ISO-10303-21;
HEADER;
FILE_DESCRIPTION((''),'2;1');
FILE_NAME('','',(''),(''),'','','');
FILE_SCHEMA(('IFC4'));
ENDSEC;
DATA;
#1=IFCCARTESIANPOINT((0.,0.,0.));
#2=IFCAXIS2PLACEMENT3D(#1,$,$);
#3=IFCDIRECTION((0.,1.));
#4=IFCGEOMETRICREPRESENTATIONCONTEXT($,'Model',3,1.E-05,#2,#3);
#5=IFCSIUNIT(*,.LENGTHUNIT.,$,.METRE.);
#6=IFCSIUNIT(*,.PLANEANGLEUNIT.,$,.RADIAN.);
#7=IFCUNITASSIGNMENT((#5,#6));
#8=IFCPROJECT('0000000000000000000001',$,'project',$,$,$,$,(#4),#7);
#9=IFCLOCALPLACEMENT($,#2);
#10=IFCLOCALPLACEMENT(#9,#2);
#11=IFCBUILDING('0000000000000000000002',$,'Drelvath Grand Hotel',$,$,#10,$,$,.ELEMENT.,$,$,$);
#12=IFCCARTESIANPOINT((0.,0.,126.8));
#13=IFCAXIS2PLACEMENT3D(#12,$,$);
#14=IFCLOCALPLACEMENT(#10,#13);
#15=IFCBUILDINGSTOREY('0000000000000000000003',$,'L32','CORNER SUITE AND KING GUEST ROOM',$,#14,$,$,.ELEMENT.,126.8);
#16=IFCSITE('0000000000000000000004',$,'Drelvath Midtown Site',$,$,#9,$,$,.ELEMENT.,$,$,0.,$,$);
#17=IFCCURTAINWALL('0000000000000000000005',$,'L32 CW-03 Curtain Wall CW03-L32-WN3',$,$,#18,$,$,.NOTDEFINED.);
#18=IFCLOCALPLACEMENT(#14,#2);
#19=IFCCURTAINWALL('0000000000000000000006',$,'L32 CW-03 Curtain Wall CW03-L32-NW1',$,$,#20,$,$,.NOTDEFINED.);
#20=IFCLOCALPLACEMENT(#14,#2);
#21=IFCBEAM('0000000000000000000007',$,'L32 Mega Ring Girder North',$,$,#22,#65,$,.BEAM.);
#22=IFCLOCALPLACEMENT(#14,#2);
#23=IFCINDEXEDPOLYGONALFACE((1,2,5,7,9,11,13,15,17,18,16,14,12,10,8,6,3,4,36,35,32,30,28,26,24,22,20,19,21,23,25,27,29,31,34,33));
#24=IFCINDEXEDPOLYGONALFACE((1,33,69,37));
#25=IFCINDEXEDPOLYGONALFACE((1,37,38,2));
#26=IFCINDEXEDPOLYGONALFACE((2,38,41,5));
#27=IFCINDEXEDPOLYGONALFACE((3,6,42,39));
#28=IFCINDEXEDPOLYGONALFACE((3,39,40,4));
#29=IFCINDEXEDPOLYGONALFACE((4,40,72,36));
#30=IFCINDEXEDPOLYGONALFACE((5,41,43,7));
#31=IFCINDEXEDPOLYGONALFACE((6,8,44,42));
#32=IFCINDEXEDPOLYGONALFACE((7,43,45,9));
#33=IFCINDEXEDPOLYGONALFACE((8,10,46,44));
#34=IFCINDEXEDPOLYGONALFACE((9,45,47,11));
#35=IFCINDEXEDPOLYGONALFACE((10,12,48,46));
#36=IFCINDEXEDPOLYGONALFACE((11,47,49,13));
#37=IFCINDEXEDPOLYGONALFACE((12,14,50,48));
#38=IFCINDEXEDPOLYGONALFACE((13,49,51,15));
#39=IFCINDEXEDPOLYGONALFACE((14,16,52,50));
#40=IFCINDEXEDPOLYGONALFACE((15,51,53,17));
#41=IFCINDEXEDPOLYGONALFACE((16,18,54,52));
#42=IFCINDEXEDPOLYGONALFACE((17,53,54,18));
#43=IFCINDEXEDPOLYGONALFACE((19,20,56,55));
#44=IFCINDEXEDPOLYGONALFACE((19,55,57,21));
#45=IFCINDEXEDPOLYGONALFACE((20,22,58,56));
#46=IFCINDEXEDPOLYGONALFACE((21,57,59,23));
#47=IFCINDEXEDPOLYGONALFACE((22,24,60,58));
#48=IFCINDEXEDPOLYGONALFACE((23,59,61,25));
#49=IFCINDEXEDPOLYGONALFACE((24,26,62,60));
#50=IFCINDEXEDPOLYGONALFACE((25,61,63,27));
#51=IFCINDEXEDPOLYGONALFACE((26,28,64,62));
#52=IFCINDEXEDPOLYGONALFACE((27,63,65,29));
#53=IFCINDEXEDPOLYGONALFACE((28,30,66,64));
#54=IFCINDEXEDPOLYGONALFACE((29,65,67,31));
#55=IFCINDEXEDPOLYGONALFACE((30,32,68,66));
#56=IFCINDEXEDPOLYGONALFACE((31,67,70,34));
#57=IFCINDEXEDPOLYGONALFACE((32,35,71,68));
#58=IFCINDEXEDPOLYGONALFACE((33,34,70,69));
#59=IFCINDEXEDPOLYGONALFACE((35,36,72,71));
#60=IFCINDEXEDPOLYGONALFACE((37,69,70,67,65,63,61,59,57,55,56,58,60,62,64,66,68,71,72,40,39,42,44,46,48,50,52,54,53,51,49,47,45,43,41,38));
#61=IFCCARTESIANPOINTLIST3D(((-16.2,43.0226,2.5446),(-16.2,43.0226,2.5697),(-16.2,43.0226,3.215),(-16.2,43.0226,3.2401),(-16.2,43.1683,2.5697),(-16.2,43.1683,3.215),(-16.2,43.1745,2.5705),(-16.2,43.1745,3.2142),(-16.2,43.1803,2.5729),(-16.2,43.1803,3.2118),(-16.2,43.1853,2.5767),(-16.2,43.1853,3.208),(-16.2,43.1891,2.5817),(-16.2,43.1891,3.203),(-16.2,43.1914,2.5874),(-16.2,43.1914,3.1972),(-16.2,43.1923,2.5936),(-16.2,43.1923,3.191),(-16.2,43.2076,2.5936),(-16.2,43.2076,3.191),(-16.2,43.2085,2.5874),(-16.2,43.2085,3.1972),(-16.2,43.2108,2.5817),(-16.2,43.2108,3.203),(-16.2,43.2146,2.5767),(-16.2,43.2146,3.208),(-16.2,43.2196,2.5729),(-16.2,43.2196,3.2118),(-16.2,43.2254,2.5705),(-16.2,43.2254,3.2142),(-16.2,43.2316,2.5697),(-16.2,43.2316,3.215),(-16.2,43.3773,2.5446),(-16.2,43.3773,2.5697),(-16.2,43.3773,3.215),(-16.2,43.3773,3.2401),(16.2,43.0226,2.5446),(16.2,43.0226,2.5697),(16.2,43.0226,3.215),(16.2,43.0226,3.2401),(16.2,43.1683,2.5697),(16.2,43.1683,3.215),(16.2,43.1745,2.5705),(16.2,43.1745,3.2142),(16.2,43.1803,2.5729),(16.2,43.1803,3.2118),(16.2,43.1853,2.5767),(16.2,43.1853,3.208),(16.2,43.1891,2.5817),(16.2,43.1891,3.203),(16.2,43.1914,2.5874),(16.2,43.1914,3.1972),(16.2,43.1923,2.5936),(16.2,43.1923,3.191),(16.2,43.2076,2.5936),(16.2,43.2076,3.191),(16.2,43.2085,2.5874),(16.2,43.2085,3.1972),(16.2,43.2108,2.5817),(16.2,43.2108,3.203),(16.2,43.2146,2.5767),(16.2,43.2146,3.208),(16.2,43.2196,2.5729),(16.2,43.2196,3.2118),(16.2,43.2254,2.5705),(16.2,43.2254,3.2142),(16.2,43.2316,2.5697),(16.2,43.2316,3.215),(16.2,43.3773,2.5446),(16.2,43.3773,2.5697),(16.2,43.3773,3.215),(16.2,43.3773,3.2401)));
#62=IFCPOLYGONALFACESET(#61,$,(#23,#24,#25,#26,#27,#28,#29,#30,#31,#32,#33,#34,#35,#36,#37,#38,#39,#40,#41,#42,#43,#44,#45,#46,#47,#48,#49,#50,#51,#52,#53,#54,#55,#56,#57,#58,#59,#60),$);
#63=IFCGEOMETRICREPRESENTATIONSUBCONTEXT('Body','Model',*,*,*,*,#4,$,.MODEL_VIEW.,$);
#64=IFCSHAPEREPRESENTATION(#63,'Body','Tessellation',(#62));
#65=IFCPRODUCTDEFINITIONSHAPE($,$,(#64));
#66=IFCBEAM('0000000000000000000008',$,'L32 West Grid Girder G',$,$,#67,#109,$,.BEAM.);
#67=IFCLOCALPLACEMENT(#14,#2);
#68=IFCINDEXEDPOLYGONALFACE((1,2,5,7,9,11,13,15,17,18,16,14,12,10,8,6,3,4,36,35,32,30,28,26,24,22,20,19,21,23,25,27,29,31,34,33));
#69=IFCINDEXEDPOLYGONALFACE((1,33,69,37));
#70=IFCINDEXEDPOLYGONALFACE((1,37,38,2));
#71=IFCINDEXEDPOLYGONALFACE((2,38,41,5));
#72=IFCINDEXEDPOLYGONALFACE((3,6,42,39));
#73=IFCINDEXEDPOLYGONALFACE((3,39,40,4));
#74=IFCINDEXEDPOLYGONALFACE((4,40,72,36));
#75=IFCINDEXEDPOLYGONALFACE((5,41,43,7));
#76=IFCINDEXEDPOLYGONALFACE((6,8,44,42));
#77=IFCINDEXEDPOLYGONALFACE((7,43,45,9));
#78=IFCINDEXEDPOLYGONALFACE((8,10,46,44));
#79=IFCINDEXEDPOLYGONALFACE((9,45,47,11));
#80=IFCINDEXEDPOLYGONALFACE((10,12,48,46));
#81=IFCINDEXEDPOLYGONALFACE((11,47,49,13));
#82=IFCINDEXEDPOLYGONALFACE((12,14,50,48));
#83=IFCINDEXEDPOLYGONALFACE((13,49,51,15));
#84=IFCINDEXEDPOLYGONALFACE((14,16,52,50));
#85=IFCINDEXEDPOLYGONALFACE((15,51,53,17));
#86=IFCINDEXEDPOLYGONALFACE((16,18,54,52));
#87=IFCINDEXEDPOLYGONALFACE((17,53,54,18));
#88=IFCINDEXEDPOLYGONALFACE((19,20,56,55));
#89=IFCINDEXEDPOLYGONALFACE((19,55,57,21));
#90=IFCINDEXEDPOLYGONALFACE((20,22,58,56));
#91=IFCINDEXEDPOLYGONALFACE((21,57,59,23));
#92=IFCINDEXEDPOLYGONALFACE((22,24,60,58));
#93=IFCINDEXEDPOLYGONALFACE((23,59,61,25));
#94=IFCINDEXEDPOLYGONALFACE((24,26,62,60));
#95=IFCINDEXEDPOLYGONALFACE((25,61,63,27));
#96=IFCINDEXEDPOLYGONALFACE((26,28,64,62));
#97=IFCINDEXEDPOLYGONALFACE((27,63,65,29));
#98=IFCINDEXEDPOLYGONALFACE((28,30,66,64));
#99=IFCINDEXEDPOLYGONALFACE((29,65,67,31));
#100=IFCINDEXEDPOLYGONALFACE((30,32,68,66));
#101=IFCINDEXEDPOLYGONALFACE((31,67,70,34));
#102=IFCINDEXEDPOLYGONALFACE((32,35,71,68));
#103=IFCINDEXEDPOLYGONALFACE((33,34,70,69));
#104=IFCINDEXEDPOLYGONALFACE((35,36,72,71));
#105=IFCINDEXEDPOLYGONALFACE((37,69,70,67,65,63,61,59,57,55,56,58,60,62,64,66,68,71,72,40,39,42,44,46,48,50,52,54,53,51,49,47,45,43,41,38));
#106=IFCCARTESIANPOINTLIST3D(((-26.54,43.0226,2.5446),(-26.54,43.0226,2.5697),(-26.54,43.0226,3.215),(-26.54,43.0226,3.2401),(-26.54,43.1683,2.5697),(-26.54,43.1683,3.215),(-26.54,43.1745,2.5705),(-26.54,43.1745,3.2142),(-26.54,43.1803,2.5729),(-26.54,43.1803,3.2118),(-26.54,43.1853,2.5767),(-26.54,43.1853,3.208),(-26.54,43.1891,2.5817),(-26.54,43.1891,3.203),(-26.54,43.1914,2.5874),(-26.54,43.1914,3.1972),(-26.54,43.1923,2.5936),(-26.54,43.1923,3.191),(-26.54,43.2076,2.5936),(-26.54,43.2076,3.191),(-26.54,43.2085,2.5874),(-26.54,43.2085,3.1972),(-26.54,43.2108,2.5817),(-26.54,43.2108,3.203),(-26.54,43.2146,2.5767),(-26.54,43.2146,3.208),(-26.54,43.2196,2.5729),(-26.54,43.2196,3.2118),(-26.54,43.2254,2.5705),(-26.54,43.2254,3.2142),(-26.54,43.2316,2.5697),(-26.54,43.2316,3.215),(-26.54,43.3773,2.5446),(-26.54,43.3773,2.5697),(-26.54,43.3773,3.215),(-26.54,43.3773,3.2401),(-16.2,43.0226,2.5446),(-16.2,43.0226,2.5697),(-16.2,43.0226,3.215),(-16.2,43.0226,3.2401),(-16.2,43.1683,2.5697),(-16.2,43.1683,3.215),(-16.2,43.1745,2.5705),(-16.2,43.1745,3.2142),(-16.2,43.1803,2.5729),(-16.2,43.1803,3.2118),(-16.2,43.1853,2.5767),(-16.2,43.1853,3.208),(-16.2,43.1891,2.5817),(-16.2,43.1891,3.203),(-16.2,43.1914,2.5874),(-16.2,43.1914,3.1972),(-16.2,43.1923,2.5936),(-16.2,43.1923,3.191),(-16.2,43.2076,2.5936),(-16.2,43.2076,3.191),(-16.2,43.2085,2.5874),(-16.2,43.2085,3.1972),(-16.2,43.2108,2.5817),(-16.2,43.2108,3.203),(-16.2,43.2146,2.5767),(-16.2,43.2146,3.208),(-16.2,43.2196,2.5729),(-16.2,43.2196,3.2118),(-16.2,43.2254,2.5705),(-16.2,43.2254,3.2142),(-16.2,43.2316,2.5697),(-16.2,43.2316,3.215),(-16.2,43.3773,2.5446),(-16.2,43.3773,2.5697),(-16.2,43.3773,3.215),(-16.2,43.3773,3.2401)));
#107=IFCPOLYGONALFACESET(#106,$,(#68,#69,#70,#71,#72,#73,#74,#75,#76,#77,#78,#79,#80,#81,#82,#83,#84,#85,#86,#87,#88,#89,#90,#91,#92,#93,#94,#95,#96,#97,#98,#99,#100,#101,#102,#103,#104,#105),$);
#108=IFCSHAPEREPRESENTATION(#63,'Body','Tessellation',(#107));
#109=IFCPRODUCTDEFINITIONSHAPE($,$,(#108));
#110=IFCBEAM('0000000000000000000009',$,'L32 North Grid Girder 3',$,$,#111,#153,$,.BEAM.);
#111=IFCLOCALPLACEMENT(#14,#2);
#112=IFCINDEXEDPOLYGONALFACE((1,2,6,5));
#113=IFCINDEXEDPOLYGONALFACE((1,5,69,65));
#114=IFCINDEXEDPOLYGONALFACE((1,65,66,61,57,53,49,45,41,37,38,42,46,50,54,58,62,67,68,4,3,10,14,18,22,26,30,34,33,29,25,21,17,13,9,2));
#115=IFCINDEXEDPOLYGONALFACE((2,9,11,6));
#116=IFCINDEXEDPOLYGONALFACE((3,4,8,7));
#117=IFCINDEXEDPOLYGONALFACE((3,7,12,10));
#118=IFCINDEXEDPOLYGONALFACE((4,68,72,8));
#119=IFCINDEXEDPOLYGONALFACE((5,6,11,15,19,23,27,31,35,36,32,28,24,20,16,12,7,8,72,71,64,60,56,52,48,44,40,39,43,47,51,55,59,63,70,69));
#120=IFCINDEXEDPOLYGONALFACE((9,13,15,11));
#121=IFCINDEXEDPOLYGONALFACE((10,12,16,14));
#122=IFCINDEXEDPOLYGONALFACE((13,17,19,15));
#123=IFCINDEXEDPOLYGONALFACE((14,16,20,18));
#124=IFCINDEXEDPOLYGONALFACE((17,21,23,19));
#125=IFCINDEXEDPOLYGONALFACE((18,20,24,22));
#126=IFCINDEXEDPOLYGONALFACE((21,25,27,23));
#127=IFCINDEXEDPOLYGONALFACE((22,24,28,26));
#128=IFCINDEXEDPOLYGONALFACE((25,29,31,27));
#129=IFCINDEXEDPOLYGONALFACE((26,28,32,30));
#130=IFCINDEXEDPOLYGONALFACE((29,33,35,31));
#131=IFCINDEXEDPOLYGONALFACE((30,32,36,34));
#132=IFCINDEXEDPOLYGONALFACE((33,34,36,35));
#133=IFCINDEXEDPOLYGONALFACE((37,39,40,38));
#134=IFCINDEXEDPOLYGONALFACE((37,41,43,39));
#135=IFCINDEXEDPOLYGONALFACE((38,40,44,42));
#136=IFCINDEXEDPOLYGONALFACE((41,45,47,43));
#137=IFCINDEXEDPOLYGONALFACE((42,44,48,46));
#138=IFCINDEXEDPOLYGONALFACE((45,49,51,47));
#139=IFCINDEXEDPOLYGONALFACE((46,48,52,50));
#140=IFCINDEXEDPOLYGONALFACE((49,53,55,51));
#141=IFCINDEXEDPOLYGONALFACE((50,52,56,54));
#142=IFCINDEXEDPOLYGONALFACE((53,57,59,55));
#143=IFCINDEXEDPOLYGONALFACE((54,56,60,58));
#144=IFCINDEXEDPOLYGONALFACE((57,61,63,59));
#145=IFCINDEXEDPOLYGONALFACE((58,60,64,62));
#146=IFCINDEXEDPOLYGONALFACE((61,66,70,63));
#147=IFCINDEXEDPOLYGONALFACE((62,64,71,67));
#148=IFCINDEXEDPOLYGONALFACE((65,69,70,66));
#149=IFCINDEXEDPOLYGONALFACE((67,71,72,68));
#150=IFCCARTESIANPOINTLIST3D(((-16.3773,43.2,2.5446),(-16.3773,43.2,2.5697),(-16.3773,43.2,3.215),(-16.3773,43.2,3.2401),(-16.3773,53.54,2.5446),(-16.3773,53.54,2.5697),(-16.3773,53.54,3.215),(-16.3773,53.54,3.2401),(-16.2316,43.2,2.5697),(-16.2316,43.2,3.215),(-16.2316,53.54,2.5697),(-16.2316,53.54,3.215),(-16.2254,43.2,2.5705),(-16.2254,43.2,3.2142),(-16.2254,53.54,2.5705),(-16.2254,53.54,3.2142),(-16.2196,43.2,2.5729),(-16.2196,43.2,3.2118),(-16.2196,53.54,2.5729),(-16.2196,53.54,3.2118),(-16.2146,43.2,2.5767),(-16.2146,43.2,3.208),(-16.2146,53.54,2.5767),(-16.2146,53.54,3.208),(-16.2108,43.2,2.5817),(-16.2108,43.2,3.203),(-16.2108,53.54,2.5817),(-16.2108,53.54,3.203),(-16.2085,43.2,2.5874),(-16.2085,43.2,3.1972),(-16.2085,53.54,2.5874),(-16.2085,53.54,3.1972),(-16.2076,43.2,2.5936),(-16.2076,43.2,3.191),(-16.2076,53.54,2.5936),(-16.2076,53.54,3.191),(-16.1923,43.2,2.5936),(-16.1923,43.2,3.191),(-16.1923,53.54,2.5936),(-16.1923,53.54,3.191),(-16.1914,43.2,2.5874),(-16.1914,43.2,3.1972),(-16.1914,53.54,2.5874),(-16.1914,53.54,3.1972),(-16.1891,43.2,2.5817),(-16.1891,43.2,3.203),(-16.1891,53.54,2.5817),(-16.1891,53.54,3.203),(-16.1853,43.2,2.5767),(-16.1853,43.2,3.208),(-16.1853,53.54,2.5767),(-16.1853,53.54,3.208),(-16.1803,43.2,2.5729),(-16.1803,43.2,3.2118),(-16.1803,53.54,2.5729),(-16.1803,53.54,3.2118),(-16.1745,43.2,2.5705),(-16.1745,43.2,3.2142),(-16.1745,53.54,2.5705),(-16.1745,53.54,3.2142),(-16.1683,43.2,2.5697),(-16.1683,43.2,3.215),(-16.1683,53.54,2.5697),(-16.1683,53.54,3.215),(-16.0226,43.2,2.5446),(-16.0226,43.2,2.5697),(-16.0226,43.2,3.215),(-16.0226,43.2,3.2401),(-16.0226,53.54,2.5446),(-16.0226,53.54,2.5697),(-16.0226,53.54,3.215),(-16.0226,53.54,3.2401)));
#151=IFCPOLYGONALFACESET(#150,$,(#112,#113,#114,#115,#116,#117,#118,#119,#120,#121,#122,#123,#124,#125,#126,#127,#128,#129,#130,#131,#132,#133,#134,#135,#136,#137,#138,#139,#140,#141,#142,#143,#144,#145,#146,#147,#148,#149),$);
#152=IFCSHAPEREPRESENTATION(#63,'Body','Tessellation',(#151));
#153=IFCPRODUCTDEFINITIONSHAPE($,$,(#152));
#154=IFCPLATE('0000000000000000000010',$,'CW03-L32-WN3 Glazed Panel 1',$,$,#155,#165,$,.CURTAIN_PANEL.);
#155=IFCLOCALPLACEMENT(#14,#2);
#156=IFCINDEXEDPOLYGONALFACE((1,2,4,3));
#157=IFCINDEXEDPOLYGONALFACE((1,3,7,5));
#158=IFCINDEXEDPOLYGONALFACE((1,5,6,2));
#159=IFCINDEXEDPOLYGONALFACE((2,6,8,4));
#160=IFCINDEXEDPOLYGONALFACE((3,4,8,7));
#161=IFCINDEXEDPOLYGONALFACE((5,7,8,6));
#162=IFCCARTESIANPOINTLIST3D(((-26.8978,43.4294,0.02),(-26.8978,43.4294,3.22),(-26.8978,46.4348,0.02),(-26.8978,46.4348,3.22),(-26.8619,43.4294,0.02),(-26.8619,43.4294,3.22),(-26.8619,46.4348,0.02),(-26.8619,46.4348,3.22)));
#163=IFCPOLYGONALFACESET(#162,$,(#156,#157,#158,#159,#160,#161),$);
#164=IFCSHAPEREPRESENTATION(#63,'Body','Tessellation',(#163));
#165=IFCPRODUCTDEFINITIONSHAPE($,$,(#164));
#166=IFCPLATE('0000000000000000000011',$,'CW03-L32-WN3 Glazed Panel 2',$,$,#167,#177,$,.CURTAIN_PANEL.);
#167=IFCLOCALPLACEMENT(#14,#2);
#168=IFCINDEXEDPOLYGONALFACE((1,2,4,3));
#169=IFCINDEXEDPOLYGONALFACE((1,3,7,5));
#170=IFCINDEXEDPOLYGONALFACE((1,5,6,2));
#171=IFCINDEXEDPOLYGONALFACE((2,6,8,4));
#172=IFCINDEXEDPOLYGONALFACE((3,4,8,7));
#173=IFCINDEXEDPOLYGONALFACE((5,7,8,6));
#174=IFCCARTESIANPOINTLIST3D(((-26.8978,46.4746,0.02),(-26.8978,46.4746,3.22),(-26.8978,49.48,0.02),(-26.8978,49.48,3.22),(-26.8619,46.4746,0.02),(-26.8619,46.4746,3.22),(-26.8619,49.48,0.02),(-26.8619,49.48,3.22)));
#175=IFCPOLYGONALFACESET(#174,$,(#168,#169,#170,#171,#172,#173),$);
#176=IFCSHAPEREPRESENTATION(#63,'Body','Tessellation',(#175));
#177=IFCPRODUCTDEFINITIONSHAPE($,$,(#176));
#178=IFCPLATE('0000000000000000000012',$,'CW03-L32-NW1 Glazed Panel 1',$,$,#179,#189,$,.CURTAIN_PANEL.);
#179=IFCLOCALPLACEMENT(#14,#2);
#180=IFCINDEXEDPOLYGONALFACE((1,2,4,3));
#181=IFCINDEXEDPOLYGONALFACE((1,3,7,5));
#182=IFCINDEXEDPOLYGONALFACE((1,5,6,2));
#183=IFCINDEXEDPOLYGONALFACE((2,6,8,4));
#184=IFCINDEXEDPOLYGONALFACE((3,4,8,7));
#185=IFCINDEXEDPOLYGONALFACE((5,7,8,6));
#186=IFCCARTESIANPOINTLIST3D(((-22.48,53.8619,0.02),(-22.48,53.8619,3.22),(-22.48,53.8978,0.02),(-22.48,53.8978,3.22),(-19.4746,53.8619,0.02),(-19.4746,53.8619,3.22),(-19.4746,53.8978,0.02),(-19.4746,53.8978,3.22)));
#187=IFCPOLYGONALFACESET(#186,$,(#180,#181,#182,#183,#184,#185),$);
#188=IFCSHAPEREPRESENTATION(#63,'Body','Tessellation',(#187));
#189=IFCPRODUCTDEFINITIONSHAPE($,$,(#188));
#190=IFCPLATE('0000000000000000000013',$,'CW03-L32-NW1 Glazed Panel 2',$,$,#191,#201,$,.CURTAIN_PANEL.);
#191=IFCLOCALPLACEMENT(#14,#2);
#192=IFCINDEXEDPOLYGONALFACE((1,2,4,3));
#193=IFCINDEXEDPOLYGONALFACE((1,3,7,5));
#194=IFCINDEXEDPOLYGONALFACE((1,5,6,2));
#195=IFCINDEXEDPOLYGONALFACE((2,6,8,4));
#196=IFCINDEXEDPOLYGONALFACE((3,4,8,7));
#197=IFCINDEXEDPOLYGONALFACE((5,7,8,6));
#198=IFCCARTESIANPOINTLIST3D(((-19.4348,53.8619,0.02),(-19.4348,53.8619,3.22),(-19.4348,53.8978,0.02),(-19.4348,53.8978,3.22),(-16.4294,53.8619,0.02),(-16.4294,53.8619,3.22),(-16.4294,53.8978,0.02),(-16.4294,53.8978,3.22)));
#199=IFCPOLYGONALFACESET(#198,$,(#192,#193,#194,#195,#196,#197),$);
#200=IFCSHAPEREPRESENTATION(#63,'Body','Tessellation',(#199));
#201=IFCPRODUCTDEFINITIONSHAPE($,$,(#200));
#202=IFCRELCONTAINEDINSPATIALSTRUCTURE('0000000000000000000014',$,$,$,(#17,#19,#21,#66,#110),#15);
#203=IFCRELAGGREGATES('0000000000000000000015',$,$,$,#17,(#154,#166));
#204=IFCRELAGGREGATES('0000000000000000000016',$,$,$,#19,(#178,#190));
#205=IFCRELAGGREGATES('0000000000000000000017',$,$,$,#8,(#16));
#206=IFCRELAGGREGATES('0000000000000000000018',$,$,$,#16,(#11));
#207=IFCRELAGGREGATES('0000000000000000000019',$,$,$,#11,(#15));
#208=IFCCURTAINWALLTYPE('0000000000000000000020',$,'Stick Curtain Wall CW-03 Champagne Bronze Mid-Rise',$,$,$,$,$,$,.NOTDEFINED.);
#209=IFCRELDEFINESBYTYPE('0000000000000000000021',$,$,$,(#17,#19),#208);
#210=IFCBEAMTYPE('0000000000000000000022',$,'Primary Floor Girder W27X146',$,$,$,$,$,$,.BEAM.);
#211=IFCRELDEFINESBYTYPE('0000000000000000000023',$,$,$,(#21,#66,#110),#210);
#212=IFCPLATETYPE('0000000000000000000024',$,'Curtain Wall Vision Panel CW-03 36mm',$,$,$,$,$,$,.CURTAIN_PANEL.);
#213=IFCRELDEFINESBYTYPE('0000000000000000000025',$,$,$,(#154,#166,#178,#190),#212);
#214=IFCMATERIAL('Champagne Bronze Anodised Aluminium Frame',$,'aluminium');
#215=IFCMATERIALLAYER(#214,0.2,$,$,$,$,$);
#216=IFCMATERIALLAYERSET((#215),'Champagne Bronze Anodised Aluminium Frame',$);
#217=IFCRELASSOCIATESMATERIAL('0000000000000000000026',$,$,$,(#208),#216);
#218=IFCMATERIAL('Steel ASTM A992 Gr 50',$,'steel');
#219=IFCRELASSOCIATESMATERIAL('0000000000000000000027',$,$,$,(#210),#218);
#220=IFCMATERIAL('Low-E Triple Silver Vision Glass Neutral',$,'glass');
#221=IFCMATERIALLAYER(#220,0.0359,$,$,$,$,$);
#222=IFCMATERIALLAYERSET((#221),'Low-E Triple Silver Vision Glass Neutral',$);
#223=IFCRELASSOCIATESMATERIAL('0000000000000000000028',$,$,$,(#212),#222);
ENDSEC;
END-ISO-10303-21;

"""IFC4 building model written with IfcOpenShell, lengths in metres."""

from ifc_helpers import new_model, si_unit, direction, frame, origin, origin_2d, place, context, subcontext, project, spatial, rectangle, i_section, extrude, material, layer, layer_set, material_profile, profile_set, type_object, element, aggregate, save


model = new_model("IFC4")

# Units and contexts
model_context = context("Model", 3, precision=1e-05, world=origin(), true_north=direction((0.0, 1.0)))
body_context = subcontext(model_context, "Body", "Model", "MODEL_VIEW")
ifc_project = project(units=[si_unit("LENGTHUNIT", "METRE"), si_unit("PLANEANGLEUNIT", "RADIAN")], contexts=[model_context])

# Site, building, storey
site_placement = place(None, origin())
site = spatial("IfcSite", under=ifc_project, at=site_placement, Name="Drelvath Midtown Site", CompositionType="ELEMENT", RefElevation=0.0)
building_placement = place(site_placement, origin())
building = spatial("IfcBuilding", under=site, at=building_placement, Name="Drelvath Grand Hotel", CompositionType="ELEMENT")
storey_placement = place(building_placement, frame((0.0, 0.0, 126.8)))
storey = spatial("IfcBuildingStorey", under=building, at=storey_placement, Name="L32", Description="CORNER SUITE AND KING GUEST ROOM", CompositionType="ELEMENT", Elevation=126.8)

# Shared definitions
ifc_material_1 = material(Name="Steel ASTM A992 Gr 50", Category="steel")

# Curtain walls
ifc_material_2 = material(Name="Champagne Bronze Anodised Aluminium Frame", Category="aluminium")
ifc_layer_1 = layer(ifc_material_2, 0.2)
ifc_layer_set_1 = layer_set([ifc_layer_1], Name="Champagne Bronze Anodised Aluminium Frame")
curtain_wall_type = type_object("IfcCurtainWallType", Name="Stick Curtain Wall CW-03 Champagne Bronze Mid-Rise", PredefinedType="NOTDEFINED", material=ifc_layer_set_1)
curtain_wall_1_placement = place(storey_placement, origin())
curtain_wall_1 = element("IfcCurtainWall", 1, at=curtain_wall_1_placement, inside=storey, type_object=curtain_wall_type, Name="L32 CW-03 Curtain Wall CW03-L32-WN3", PredefinedType="NOTDEFINED")
curtain_wall_2_placement = place(storey_placement, origin())
curtain_wall_2 = element("IfcCurtainWall", 2, at=curtain_wall_2_placement, inside=storey, type_object=curtain_wall_type, Name="L32 CW-03 Curtain Wall CW03-L32-NW1", PredefinedType="NOTDEFINED")

# Beams
ifc_material_profile_1 = material_profile(ifc_material_1, i_section(OverallWidth=0.3547, OverallDepth=0.6956, WebThickness=0.0154, FlangeThickness=0.0251, FilletRadius=0.0239, at=origin_2d()), Name="W27X146")
ifc_profile_set_1 = profile_set([ifc_material_profile_1], Name="Steel ASTM A992 Gr 50")
beam_type_1 = type_object("IfcBeamType", Name="Primary Floor Girder W27X146", PredefinedType="BEAM", material=ifc_profile_set_1)
beam_1_placement = place(storey_placement, frame((-16.2, 43.2, 2.8923), z_axis=(1.0, 0.0, 0.0), x_axis=(0.0, 1.0, 0.0)))
element("IfcBeam", 3, at=beam_1_placement, inside=storey, type_object=beam_type_1, Name="L32 Mega Ring Girder North", PredefinedType="BEAM", context=body_context, shape_type="SweptSolid", body=[
    extrude(i_section(OverallWidth=0.3547, OverallDepth=0.6956, WebThickness=0.0154, FlangeThickness=0.0251, FilletRadius=0.0239, at=origin_2d()), origin(), (0.0, 0.0, 1.0), 32.3999),
])
for number, where, z_axis, x_axis, name in (
    (4, (-26.54, 43.2, 2.8923), (1.0, 0.0, 0.0), (0.0, 1.0, 0.0), "L32 West Grid Girder G"),
    (5, (-16.2, 43.2, 2.8923), (0.0, 1.0, 0.0), (-1.0, 0.0, 0.0), "L32 North Grid Girder 3"),
):
    element("IfcBeam", number, at=place(storey_placement, frame(where, z_axis=z_axis, x_axis=x_axis)), inside=storey, type_object=beam_type_1, Name=name, PredefinedType="BEAM", context=body_context, shape_type="SweptSolid", body=[
        extrude(i_section(OverallWidth=0.3547, OverallDepth=0.6956, WebThickness=0.0154, FlangeThickness=0.0251, FilletRadius=0.0239, at=origin_2d()), origin(), (0.0, 0.0, 1.0), 10.3401),
    ])

# Plates
ifc_material_3 = material(Name="Low-E Triple Silver Vision Glass Neutral", Category="glass")
ifc_layer_2 = layer(ifc_material_3, 0.0359)
ifc_layer_set_2 = layer_set([ifc_layer_2], Name="Low-E Triple Silver Vision Glass Neutral")
plate_type = type_object("IfcPlateType", Name="Curtain Wall Vision Panel CW-03 36mm", PredefinedType="CURTAIN_PANEL", material=ifc_layer_set_2)
plate_1_placement = place(storey_placement, frame((-26.8799, 44.9321, 0.02), z_axis=(0.0, 0.0, 1.0), x_axis=(0.0, 1.0, 0.0)))
plate_1 = element("IfcPlate", 6, at=plate_1_placement, type_object=plate_type, Name="CW03-L32-WN3 Glazed Panel 1", PredefinedType="CURTAIN_PANEL", context=body_context, shape_type="SweptSolid", body=[
    extrude(rectangle(XDim=3.0054, YDim=0.0359, at=origin_2d()), origin(), (0.0, 0.0, 1.0), 3.2),
])
plate_2_placement = place(storey_placement, frame((-26.8799, 47.9773, 0.02), z_axis=(0.0, 0.0, 1.0), x_axis=(0.0, 1.0, 0.0)))
plate_2 = element("IfcPlate", 7, at=plate_2_placement, type_object=plate_type, Name="CW03-L32-WN3 Glazed Panel 2", PredefinedType="CURTAIN_PANEL", context=body_context, shape_type="SweptSolid", body=[
    extrude(rectangle(XDim=3.0054, YDim=0.0359, at=origin_2d()), origin(), (0.0, 0.0, 1.0), 3.2),
])
aggregate(curtain_wall_1, [plate_1, plate_2])
plate_3_placement = place(storey_placement, frame((-20.9773, 53.8799, 0.02), z_axis=(0.0, 0.0, 1.0), x_axis=(1.0, 0.0, 0.0)))
plate_3 = element("IfcPlate", 8, at=plate_3_placement, type_object=plate_type, Name="CW03-L32-NW1 Glazed Panel 1", PredefinedType="CURTAIN_PANEL", context=body_context, shape_type="SweptSolid", body=[
    extrude(rectangle(XDim=3.0054, YDim=0.0359, at=origin_2d()), origin(), (0.0, 0.0, 1.0), 3.2),
])
plate_4_placement = place(storey_placement, frame((-17.9321, 53.8799, 0.02), z_axis=(0.0, 0.0, 1.0), x_axis=(1.0, 0.0, 0.0)))
plate_4 = element("IfcPlate", 9, at=plate_4_placement, type_object=plate_type, Name="CW03-L32-NW1 Glazed Panel 2", PredefinedType="CURTAIN_PANEL", context=body_context, shape_type="SweptSolid", body=[
    extrude(rectangle(XDim=3.0054, YDim=0.0359, at=origin_2d()), origin(), (0.0, 0.0, 1.0), 3.2),
])
aggregate(curtain_wall_2, [plate_3, plate_4])

save(model, "model.ifc")
